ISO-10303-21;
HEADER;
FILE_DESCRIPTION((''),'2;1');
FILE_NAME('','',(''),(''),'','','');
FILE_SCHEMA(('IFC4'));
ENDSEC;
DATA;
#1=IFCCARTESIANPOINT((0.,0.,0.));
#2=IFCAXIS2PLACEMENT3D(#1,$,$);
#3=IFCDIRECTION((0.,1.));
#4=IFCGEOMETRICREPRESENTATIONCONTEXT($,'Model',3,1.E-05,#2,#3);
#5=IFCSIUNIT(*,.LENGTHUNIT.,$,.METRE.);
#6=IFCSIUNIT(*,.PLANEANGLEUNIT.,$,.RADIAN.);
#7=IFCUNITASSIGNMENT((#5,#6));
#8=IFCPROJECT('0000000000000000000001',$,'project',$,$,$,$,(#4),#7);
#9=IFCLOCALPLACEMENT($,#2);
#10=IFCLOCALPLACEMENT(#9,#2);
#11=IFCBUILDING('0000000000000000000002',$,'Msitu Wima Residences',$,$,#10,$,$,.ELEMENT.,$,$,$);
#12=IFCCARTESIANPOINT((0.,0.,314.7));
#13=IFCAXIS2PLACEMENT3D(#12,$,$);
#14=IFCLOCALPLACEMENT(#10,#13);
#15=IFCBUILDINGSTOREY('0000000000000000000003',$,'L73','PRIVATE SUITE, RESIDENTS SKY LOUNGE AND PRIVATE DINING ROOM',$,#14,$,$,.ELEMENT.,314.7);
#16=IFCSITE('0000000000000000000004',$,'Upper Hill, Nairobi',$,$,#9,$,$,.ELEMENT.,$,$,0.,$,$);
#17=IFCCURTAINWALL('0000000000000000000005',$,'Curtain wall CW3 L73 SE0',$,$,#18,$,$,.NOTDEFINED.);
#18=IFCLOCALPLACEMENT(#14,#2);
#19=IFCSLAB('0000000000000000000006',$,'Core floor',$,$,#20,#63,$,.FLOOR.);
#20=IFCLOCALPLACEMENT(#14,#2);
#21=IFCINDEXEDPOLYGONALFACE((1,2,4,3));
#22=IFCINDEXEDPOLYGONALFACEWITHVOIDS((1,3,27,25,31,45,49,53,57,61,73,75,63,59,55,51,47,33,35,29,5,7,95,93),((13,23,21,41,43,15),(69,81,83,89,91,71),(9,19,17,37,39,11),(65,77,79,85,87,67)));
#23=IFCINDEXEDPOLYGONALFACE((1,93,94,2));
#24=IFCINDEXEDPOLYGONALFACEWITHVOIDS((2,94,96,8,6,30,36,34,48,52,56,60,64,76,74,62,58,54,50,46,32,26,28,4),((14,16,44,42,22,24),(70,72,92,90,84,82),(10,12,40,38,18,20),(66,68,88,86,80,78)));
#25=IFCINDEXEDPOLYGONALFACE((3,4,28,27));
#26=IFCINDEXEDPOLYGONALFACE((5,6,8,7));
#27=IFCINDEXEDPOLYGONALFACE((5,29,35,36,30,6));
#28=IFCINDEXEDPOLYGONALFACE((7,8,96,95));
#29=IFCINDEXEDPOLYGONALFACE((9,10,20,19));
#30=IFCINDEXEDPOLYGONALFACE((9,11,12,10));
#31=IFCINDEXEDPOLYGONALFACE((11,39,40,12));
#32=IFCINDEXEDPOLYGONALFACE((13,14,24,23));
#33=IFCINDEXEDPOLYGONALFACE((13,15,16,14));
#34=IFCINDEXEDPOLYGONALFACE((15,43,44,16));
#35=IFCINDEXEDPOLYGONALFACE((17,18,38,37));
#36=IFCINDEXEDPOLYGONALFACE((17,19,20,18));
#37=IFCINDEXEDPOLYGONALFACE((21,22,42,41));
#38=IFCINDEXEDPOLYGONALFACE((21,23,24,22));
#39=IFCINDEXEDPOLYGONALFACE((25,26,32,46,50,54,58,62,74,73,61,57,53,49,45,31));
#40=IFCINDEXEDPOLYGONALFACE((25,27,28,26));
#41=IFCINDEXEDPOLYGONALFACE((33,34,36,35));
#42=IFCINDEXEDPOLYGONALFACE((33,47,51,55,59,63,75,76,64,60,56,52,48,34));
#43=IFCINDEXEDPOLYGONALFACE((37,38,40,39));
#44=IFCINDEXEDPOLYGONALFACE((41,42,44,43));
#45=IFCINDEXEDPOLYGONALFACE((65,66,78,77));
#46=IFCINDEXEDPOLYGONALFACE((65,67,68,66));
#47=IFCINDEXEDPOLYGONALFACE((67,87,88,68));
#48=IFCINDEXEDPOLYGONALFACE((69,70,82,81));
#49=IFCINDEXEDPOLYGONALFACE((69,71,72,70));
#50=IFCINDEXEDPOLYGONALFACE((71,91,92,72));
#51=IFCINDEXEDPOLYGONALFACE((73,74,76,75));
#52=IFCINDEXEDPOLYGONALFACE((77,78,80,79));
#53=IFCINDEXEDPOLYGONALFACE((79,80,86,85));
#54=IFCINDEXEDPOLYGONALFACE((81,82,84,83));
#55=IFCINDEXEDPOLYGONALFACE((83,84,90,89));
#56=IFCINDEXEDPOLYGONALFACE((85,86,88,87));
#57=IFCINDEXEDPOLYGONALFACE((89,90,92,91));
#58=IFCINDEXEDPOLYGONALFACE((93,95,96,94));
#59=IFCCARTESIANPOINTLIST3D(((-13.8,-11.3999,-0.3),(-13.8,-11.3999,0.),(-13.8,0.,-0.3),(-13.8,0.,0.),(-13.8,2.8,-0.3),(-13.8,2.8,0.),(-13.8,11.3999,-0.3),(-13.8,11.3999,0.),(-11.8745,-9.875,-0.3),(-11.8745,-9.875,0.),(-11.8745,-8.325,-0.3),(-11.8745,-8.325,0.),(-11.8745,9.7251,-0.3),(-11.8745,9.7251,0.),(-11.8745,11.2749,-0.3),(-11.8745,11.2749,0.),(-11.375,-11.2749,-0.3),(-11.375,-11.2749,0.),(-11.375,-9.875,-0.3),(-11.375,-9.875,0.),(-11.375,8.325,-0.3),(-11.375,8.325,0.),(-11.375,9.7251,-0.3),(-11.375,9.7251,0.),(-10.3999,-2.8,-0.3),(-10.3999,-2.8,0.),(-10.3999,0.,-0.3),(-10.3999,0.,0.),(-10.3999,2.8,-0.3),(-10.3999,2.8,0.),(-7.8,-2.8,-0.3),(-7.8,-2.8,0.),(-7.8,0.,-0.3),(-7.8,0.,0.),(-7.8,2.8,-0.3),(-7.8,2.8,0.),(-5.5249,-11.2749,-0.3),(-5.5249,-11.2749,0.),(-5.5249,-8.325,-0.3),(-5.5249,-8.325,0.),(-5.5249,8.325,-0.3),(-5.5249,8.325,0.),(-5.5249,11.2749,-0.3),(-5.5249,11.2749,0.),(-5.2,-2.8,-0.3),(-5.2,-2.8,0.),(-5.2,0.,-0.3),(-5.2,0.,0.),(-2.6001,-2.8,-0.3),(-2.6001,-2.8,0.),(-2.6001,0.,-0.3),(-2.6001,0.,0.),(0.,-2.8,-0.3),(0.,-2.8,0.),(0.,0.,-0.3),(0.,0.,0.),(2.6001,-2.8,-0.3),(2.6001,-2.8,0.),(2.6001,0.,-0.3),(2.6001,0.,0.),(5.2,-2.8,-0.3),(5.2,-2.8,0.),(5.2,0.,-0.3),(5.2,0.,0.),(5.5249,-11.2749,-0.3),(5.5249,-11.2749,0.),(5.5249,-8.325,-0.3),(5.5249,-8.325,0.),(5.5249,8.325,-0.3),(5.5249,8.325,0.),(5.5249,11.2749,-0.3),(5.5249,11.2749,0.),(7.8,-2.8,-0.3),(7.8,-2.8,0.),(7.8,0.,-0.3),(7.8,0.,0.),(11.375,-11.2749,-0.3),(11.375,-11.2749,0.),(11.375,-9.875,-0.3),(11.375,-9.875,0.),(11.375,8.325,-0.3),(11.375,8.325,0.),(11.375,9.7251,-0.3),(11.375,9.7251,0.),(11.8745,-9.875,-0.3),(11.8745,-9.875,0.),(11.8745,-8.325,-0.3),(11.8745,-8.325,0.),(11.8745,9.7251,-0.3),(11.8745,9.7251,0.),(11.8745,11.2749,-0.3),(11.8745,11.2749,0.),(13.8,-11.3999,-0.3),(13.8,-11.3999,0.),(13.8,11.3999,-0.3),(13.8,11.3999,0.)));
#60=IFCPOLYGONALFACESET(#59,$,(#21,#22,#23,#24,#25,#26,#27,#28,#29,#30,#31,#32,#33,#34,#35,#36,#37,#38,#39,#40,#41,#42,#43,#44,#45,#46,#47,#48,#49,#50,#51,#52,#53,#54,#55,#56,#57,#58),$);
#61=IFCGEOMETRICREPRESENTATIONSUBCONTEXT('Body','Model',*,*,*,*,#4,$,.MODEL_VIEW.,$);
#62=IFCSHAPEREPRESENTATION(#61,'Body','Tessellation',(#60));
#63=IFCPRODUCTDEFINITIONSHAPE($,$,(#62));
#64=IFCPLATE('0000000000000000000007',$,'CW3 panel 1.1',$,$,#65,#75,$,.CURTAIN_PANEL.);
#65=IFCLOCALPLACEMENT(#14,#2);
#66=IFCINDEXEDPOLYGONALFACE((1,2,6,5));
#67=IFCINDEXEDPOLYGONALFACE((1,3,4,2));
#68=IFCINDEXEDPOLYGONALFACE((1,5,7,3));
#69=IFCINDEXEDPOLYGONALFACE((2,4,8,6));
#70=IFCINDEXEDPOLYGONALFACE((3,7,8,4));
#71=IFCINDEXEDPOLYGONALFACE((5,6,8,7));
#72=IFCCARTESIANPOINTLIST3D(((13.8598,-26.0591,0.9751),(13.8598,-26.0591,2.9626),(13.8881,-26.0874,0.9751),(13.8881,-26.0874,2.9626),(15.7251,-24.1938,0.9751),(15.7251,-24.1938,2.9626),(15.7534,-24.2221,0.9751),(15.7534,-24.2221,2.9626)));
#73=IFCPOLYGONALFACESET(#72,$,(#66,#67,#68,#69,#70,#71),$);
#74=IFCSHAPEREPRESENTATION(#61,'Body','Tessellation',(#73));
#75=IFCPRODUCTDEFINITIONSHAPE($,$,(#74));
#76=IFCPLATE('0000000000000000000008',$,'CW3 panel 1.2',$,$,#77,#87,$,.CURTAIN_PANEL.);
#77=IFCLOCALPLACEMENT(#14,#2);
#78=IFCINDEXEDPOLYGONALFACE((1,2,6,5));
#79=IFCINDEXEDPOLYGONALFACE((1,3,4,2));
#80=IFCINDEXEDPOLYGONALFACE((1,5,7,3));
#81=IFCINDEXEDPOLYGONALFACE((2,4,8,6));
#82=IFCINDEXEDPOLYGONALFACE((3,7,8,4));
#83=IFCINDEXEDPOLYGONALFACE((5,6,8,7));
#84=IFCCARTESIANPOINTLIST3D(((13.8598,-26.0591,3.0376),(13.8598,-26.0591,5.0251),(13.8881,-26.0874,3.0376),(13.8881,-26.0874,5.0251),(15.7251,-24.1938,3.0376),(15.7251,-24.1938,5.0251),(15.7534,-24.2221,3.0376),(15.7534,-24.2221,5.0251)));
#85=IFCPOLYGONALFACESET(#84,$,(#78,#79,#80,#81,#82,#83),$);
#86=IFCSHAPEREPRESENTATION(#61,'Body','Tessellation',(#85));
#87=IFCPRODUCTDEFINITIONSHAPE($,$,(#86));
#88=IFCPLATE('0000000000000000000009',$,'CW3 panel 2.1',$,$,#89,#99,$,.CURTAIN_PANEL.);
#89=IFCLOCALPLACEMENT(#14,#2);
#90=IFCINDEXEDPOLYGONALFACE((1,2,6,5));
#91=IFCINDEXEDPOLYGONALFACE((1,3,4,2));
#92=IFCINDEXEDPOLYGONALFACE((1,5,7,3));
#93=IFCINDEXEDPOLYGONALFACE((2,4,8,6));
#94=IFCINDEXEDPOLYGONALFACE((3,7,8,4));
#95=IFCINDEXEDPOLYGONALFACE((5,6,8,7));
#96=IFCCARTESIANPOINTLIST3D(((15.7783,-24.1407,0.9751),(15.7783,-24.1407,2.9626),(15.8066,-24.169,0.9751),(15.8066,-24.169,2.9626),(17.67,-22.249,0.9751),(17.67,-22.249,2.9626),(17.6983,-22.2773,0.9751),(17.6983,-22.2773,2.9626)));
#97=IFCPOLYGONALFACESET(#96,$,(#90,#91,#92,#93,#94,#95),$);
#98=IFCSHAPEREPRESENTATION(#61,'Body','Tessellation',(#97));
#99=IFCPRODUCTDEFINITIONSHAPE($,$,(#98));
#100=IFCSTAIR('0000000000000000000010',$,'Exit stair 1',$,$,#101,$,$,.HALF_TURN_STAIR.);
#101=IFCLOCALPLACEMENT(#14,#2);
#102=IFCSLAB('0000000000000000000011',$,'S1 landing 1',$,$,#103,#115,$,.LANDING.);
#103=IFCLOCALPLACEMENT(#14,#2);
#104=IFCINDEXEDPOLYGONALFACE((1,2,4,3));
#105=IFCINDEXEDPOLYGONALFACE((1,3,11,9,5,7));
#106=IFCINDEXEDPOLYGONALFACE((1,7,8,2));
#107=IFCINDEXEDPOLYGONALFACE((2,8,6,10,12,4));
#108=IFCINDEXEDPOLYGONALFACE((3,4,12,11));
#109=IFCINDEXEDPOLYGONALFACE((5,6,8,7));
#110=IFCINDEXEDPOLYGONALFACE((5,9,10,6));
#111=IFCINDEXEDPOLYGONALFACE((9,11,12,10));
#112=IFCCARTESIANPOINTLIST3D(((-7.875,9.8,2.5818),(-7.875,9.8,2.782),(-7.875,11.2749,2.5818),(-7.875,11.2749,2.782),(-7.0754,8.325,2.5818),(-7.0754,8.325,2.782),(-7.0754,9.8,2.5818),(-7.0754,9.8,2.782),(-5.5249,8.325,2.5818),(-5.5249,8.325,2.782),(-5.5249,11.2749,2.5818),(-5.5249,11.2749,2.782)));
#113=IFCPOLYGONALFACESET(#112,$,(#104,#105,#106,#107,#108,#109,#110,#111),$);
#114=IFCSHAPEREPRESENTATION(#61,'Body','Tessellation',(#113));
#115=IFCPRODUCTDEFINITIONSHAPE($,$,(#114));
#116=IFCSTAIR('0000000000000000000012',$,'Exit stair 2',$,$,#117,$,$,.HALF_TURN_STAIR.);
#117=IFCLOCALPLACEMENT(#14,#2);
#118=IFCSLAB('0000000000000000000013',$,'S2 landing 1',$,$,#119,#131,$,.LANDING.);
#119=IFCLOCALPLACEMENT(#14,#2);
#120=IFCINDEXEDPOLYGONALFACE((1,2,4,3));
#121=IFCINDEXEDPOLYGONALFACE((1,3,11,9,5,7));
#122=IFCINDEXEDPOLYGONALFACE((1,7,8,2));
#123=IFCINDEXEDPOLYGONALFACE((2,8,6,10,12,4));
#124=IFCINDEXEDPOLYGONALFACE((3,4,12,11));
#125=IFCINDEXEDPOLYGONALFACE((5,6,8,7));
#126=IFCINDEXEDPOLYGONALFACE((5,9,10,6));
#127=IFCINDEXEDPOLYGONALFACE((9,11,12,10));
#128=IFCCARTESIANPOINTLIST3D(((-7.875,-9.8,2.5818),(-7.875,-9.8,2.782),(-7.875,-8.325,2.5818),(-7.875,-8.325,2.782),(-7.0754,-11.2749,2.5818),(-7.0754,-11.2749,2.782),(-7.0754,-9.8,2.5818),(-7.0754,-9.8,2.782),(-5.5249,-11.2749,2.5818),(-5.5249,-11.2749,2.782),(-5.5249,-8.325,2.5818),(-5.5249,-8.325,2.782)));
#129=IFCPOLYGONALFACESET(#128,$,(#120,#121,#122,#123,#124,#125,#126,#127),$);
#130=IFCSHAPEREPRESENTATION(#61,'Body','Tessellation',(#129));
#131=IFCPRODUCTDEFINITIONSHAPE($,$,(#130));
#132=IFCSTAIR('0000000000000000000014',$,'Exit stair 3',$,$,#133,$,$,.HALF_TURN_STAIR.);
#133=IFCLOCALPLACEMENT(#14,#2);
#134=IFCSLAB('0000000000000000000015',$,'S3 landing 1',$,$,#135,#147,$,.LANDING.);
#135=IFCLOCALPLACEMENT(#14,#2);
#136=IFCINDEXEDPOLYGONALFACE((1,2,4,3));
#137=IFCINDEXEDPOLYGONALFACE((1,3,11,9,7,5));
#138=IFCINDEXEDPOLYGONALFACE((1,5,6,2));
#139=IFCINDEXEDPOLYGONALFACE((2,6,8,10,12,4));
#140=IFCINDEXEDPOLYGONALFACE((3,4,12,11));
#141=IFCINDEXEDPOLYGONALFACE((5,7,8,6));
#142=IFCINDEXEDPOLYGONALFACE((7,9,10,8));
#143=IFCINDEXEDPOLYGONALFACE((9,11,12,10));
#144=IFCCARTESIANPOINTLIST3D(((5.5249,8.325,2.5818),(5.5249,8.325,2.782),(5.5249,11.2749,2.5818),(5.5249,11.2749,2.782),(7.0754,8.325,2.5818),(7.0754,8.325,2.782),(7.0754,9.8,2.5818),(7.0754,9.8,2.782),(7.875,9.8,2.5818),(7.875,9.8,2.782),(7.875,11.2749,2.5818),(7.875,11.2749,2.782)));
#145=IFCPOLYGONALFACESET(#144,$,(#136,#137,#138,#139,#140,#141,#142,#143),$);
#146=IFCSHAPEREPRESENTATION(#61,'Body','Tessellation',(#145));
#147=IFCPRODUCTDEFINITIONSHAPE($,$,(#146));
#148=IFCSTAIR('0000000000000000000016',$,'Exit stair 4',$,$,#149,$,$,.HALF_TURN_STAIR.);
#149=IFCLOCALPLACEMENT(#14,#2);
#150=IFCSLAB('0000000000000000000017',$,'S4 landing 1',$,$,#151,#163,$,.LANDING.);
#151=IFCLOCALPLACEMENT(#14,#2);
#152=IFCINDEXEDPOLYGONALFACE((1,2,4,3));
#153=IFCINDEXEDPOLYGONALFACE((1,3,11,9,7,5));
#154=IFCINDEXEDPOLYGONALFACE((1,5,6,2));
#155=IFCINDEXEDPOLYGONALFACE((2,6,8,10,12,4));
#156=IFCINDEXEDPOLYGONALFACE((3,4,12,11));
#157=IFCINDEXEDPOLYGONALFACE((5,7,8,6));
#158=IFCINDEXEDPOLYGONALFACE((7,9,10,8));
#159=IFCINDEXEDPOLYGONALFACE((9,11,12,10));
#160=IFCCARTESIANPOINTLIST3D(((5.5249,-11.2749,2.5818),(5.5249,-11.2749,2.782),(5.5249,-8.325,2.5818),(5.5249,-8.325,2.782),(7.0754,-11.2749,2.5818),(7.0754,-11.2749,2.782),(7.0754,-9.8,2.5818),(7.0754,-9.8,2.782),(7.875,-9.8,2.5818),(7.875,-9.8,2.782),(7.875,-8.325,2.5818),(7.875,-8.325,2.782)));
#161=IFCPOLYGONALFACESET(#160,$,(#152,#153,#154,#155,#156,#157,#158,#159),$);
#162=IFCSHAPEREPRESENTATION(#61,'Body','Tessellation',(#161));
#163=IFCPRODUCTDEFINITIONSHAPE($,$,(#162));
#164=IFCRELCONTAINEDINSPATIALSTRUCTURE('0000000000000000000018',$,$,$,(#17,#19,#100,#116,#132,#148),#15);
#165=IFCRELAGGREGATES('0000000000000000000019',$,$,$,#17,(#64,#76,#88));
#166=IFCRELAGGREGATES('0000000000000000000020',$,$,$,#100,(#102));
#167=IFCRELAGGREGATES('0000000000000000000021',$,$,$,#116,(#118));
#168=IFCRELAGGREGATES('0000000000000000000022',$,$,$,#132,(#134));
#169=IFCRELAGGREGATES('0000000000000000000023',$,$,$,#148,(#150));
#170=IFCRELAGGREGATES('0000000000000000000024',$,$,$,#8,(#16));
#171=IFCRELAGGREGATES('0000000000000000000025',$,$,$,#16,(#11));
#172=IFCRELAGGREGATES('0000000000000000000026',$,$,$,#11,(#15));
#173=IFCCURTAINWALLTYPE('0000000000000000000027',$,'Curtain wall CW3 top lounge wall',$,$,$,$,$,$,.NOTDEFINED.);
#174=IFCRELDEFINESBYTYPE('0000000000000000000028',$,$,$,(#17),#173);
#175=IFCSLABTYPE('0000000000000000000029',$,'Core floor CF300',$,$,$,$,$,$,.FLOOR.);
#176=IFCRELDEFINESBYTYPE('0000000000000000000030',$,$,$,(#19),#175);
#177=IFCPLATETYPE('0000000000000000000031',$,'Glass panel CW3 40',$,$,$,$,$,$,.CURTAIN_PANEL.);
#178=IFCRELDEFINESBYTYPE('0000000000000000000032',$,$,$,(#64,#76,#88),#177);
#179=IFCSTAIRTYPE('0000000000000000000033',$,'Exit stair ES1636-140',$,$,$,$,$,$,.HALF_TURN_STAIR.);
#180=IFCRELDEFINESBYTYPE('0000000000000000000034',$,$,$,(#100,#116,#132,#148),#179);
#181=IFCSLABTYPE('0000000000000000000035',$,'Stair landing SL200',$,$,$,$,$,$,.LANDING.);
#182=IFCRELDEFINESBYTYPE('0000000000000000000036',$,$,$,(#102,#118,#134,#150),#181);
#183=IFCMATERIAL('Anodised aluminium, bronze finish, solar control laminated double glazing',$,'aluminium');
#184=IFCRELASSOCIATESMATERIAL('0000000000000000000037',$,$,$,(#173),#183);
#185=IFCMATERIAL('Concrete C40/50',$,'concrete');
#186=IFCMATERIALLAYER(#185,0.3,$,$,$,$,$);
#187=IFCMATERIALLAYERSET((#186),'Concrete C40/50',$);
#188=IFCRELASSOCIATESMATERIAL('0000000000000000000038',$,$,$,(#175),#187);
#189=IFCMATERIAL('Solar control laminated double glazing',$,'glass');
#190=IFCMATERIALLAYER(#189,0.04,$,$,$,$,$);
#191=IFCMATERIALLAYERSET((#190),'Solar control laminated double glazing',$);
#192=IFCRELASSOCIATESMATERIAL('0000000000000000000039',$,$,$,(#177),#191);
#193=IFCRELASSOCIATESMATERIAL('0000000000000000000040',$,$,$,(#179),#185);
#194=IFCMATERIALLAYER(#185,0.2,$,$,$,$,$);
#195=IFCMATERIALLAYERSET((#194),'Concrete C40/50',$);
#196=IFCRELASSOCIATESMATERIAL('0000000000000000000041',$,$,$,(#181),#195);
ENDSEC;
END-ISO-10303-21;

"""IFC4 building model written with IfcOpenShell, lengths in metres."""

from ifc_helpers import new_model, si_unit, direction, frame, origin, origin_2d, place, context, subcontext, project, spatial, polyline, rectangle, outline, extrude, material, layer, layer_set, type_object, element, aggregate, save


model = new_model("IFC4")

# Units and contexts
model_context = context("Model", 3, precision=1e-05, world=origin(), true_north=direction((0.0, 1.0)))
body_context = subcontext(model_context, "Body", "Model", "MODEL_VIEW")
ifc_project = project(units=[si_unit("LENGTHUNIT", "METRE"), si_unit("PLANEANGLEUNIT", "RADIAN")], contexts=[model_context])

# Site, building, storey
site_placement = place(None, origin())
site = spatial("IfcSite", under=ifc_project, at=site_placement, Name="Upper Hill, Nairobi", CompositionType="ELEMENT", RefElevation=0.0)
building_placement = place(site_placement, origin())
building = spatial("IfcBuilding", under=site, at=building_placement, Name="Msitu Wima Residences", CompositionType="ELEMENT")
storey_placement = place(building_placement, frame((0.0, 0.0, 314.7)))
storey = spatial("IfcBuildingStorey", under=building, at=storey_placement, Name="L73", Description="PRIVATE SUITE, RESIDENTS SKY LOUNGE AND PRIVATE DINING ROOM", CompositionType="ELEMENT", Elevation=314.7)

# Shared definitions
ifc_material_1 = material(Name="Concrete C40/50", Category="concrete")

# Curtain wall
ifc_material_2 = material(Name="Anodised aluminium, bronze finish, solar control laminated double glazing", Category="aluminium")
curtain_wall_type = type_object("IfcCurtainWallType", Name="Curtain wall CW3 top lounge wall", PredefinedType="NOTDEFINED", material=ifc_material_2)
curtain_wall_placement = place(storey_placement, origin())
curtain_wall = element("IfcCurtainWall", 1, at=curtain_wall_placement, inside=storey, type_object=curtain_wall_type, Name="Curtain wall CW3 L73 SE0", PredefinedType="NOTDEFINED")

# Slab
ifc_layer_1 = layer(ifc_material_1, 0.3)
ifc_layer_set_1 = layer_set([ifc_layer_1], Name="Concrete C40/50")
slab_type_1 = type_object("IfcSlabType", Name="Core floor CF300", PredefinedType="FLOOR", material=ifc_layer_set_1)
slab_1_placement = place(storey_placement, frame((0.0, 0.0, -0.3)))
element("IfcSlab", 2, at=slab_1_placement, inside=storey, type_object=slab_type_1, Name="Core floor", PredefinedType="FLOOR", context=body_context, shape_type="SweptSolid", body=[
    extrude(outline(polyline([(-13.8, 11.3999), (-13.8, 2.8), (-10.3999, 2.8), (-7.8, 2.8), (-7.8, 0.0), (-5.2, 0.0), (-2.6001, 0.0), (0.0, 0.0), (2.6001, 0.0), (5.2, 0.0), (7.8, 0.0), (7.8, -2.8), (5.2, -2.8), (2.6001, -2.8), (0.0, -2.8), (-2.6001, -2.8), (-5.2, -2.8), (-7.8, -2.8), (-10.3999, -2.8), (-10.3999, 0.0), (-13.8, 0.0), (-13.8, -11.3999), (13.8, -11.3999), (13.8, 11.3999), (-13.8, 11.3999)]), holes=[polyline([(-11.375, -11.2749), (-11.375, -9.875), (-11.8745, -9.875), (-11.8745, -8.325), (-5.5249, -8.325), (-5.5249, -11.2749), (-11.375, -11.2749)]), polyline([(-11.375, 8.325), (-11.375, 9.7251), (-11.8745, 9.7251), (-11.8745, 11.2749), (-5.5249, 11.2749), (-5.5249, 8.325), (-11.375, 8.325)]), polyline([(11.375, -9.875), (11.375, -11.2749), (5.5249, -11.2749), (5.5249, -8.325), (11.8745, -8.325), (11.8745, -9.875), (11.375, -9.875)]), polyline([(11.375, 9.7251), (11.375, 8.325), (5.5249, 8.325), (5.5249, 11.2749), (11.8745, 11.2749), (11.8745, 9.7251), (11.375, 9.7251)])]), origin(), (0.0, 0.0, 1.0), 0.3),
])

# Plates
ifc_material_3 = material(Name="Solar control laminated double glazing", Category="glass")
ifc_layer_2 = layer(ifc_material_3, 0.04)
ifc_layer_set_2 = layer_set([ifc_layer_2], Name="Solar control laminated double glazing")
plate_type = type_object("IfcPlateType", Name="Glass panel CW3 40", PredefinedType="CURTAIN_PANEL", material=ifc_layer_set_2)
plate_1_placement = place(storey_placement, frame((14.8066, -25.1406, 0.9751), z_axis=(0.0, 0.0, 1.0), x_axis=(0.707107, 0.707107, 0.0)))
plate_1 = element("IfcPlate", 3, at=plate_1_placement, type_object=plate_type, Name="CW3 panel 1.1", PredefinedType="CURTAIN_PANEL", context=body_context, shape_type="SweptSolid", body=[
    extrude(rectangle(XDim=2.6379, YDim=0.04, at=origin_2d()), origin(), (0.0, 0.0, 1.0), 1.9875),
])
plate_2_placement = place(storey_placement, frame((14.8066, -25.1406, 3.0376), z_axis=(0.0, 0.0, 1.0), x_axis=(0.707107, 0.707107, 0.0)))
plate_2 = element("IfcPlate", 4, at=plate_2_placement, type_object=plate_type, Name="CW3 panel 1.2", PredefinedType="CURTAIN_PANEL", context=body_context, shape_type="SweptSolid", body=[
    extrude(rectangle(XDim=2.6379, YDim=0.04, at=origin_2d()), origin(), (0.0, 0.0, 1.0), 1.9875),
])
plate_3_placement = place(storey_placement, frame((16.7383, -23.209, 0.9751), z_axis=(0.0, 0.0, 1.0), x_axis=(0.707107, 0.707107, 0.0)))
plate_3 = element("IfcPlate", 5, at=plate_3_placement, type_object=plate_type, Name="CW3 panel 2.1", PredefinedType="CURTAIN_PANEL", context=body_context, shape_type="SweptSolid", body=[
    extrude(rectangle(XDim=2.6753, YDim=0.04, at=origin_2d()), origin(), (0.0, 0.0, 1.0), 1.9875),
])
aggregate(curtain_wall, [plate_1, plate_2, plate_3])

# Stairs, slabs
stair_type = type_object("IfcStairType", Name="Exit stair ES1636-140", PredefinedType="HALF_TURN_STAIR", material=ifc_material_1)
stair_1_placement = place(storey_placement, origin())
stair_1 = element("IfcStair", 6, at=stair_1_placement, inside=storey, type_object=stair_type, Name="Exit stair 1", PredefinedType="HALF_TURN_STAIR")
ifc_layer_3 = layer(ifc_material_1, 0.2)
ifc_layer_set_3 = layer_set([ifc_layer_3], Name="Concrete C40/50")
slab_type_2 = type_object("IfcSlabType", Name="Stair landing SL200", PredefinedType="LANDING", material=ifc_layer_set_3)
slab_2_placement = place(storey_placement, frame((0.0, 0.0, 2.5818)))
slab_2 = element("IfcSlab", 7, at=slab_2_placement, type_object=slab_type_2, Name="S1 landing 1", PredefinedType="LANDING", context=body_context, shape_type="SweptSolid", body=[
    extrude(outline(polyline([(-5.5249, 8.325), (-7.0754, 8.325), (-7.0754, 9.8), (-7.875, 9.8), (-7.875, 11.2749), (-5.5249, 11.2749), (-5.5249, 8.325)])), origin(), (0.0, 0.0, 1.0), 0.2002),
])
aggregate(stair_1, [slab_2])
stair_2_placement = place(storey_placement, origin())
stair_2 = element("IfcStair", 8, at=stair_2_placement, inside=storey, type_object=stair_type, Name="Exit stair 2", PredefinedType="HALF_TURN_STAIR")
slab_3_placement = place(storey_placement, frame((0.0, 0.0, 2.5818)))
slab_3 = element("IfcSlab", 9, at=slab_3_placement, type_object=slab_type_2, Name="S2 landing 1", PredefinedType="LANDING", context=body_context, shape_type="SweptSolid", body=[
    extrude(outline(polyline([(-5.5249, -11.2749), (-7.0754, -11.2749), (-7.0754, -9.8), (-7.875, -9.8), (-7.875, -8.325), (-5.5249, -8.325), (-5.5249, -11.2749)])), origin(), (0.0, 0.0, 1.0), 0.2002),
])
aggregate(stair_2, [slab_3])
stair_3_placement = place(storey_placement, origin())
stair_3 = element("IfcStair", 10, at=stair_3_placement, inside=storey, type_object=stair_type, Name="Exit stair 3", PredefinedType="HALF_TURN_STAIR")
slab_4_placement = place(storey_placement, frame((0.0, 0.0, 2.5818)))
slab_4 = element("IfcSlab", 11, at=slab_4_placement, type_object=slab_type_2, Name="S3 landing 1", PredefinedType="LANDING", context=body_context, shape_type="SweptSolid", body=[
    extrude(outline(polyline([(5.5249, 8.325), (7.0754, 8.325), (7.0754, 9.8), (7.875, 9.8), (7.875, 11.2749), (5.5249, 11.2749), (5.5249, 8.325)])), origin(), (0.0, 0.0, 1.0), 0.2002),
])
aggregate(stair_3, [slab_4])
stair_4_placement = place(storey_placement, origin())
stair_4 = element("IfcStair", 12, at=stair_4_placement, inside=storey, type_object=stair_type, Name="Exit stair 4", PredefinedType="HALF_TURN_STAIR")
slab_5_placement = place(storey_placement, frame((0.0, 0.0, 2.5818)))
slab_5 = element("IfcSlab", 13, at=slab_5_placement, type_object=slab_type_2, Name="S4 landing 1", PredefinedType="LANDING", context=body_context, shape_type="SweptSolid", body=[
    extrude(outline(polyline([(5.5249, -11.2749), (7.0754, -11.2749), (7.0754, -9.8), (7.875, -9.8), (7.875, -8.325), (5.5249, -8.325), (5.5249, -11.2749)])), origin(), (0.0, 0.0, 1.0), 0.2002),
])

aggregate(stair_4, [slab_5])

save(model, "model.ifc")
